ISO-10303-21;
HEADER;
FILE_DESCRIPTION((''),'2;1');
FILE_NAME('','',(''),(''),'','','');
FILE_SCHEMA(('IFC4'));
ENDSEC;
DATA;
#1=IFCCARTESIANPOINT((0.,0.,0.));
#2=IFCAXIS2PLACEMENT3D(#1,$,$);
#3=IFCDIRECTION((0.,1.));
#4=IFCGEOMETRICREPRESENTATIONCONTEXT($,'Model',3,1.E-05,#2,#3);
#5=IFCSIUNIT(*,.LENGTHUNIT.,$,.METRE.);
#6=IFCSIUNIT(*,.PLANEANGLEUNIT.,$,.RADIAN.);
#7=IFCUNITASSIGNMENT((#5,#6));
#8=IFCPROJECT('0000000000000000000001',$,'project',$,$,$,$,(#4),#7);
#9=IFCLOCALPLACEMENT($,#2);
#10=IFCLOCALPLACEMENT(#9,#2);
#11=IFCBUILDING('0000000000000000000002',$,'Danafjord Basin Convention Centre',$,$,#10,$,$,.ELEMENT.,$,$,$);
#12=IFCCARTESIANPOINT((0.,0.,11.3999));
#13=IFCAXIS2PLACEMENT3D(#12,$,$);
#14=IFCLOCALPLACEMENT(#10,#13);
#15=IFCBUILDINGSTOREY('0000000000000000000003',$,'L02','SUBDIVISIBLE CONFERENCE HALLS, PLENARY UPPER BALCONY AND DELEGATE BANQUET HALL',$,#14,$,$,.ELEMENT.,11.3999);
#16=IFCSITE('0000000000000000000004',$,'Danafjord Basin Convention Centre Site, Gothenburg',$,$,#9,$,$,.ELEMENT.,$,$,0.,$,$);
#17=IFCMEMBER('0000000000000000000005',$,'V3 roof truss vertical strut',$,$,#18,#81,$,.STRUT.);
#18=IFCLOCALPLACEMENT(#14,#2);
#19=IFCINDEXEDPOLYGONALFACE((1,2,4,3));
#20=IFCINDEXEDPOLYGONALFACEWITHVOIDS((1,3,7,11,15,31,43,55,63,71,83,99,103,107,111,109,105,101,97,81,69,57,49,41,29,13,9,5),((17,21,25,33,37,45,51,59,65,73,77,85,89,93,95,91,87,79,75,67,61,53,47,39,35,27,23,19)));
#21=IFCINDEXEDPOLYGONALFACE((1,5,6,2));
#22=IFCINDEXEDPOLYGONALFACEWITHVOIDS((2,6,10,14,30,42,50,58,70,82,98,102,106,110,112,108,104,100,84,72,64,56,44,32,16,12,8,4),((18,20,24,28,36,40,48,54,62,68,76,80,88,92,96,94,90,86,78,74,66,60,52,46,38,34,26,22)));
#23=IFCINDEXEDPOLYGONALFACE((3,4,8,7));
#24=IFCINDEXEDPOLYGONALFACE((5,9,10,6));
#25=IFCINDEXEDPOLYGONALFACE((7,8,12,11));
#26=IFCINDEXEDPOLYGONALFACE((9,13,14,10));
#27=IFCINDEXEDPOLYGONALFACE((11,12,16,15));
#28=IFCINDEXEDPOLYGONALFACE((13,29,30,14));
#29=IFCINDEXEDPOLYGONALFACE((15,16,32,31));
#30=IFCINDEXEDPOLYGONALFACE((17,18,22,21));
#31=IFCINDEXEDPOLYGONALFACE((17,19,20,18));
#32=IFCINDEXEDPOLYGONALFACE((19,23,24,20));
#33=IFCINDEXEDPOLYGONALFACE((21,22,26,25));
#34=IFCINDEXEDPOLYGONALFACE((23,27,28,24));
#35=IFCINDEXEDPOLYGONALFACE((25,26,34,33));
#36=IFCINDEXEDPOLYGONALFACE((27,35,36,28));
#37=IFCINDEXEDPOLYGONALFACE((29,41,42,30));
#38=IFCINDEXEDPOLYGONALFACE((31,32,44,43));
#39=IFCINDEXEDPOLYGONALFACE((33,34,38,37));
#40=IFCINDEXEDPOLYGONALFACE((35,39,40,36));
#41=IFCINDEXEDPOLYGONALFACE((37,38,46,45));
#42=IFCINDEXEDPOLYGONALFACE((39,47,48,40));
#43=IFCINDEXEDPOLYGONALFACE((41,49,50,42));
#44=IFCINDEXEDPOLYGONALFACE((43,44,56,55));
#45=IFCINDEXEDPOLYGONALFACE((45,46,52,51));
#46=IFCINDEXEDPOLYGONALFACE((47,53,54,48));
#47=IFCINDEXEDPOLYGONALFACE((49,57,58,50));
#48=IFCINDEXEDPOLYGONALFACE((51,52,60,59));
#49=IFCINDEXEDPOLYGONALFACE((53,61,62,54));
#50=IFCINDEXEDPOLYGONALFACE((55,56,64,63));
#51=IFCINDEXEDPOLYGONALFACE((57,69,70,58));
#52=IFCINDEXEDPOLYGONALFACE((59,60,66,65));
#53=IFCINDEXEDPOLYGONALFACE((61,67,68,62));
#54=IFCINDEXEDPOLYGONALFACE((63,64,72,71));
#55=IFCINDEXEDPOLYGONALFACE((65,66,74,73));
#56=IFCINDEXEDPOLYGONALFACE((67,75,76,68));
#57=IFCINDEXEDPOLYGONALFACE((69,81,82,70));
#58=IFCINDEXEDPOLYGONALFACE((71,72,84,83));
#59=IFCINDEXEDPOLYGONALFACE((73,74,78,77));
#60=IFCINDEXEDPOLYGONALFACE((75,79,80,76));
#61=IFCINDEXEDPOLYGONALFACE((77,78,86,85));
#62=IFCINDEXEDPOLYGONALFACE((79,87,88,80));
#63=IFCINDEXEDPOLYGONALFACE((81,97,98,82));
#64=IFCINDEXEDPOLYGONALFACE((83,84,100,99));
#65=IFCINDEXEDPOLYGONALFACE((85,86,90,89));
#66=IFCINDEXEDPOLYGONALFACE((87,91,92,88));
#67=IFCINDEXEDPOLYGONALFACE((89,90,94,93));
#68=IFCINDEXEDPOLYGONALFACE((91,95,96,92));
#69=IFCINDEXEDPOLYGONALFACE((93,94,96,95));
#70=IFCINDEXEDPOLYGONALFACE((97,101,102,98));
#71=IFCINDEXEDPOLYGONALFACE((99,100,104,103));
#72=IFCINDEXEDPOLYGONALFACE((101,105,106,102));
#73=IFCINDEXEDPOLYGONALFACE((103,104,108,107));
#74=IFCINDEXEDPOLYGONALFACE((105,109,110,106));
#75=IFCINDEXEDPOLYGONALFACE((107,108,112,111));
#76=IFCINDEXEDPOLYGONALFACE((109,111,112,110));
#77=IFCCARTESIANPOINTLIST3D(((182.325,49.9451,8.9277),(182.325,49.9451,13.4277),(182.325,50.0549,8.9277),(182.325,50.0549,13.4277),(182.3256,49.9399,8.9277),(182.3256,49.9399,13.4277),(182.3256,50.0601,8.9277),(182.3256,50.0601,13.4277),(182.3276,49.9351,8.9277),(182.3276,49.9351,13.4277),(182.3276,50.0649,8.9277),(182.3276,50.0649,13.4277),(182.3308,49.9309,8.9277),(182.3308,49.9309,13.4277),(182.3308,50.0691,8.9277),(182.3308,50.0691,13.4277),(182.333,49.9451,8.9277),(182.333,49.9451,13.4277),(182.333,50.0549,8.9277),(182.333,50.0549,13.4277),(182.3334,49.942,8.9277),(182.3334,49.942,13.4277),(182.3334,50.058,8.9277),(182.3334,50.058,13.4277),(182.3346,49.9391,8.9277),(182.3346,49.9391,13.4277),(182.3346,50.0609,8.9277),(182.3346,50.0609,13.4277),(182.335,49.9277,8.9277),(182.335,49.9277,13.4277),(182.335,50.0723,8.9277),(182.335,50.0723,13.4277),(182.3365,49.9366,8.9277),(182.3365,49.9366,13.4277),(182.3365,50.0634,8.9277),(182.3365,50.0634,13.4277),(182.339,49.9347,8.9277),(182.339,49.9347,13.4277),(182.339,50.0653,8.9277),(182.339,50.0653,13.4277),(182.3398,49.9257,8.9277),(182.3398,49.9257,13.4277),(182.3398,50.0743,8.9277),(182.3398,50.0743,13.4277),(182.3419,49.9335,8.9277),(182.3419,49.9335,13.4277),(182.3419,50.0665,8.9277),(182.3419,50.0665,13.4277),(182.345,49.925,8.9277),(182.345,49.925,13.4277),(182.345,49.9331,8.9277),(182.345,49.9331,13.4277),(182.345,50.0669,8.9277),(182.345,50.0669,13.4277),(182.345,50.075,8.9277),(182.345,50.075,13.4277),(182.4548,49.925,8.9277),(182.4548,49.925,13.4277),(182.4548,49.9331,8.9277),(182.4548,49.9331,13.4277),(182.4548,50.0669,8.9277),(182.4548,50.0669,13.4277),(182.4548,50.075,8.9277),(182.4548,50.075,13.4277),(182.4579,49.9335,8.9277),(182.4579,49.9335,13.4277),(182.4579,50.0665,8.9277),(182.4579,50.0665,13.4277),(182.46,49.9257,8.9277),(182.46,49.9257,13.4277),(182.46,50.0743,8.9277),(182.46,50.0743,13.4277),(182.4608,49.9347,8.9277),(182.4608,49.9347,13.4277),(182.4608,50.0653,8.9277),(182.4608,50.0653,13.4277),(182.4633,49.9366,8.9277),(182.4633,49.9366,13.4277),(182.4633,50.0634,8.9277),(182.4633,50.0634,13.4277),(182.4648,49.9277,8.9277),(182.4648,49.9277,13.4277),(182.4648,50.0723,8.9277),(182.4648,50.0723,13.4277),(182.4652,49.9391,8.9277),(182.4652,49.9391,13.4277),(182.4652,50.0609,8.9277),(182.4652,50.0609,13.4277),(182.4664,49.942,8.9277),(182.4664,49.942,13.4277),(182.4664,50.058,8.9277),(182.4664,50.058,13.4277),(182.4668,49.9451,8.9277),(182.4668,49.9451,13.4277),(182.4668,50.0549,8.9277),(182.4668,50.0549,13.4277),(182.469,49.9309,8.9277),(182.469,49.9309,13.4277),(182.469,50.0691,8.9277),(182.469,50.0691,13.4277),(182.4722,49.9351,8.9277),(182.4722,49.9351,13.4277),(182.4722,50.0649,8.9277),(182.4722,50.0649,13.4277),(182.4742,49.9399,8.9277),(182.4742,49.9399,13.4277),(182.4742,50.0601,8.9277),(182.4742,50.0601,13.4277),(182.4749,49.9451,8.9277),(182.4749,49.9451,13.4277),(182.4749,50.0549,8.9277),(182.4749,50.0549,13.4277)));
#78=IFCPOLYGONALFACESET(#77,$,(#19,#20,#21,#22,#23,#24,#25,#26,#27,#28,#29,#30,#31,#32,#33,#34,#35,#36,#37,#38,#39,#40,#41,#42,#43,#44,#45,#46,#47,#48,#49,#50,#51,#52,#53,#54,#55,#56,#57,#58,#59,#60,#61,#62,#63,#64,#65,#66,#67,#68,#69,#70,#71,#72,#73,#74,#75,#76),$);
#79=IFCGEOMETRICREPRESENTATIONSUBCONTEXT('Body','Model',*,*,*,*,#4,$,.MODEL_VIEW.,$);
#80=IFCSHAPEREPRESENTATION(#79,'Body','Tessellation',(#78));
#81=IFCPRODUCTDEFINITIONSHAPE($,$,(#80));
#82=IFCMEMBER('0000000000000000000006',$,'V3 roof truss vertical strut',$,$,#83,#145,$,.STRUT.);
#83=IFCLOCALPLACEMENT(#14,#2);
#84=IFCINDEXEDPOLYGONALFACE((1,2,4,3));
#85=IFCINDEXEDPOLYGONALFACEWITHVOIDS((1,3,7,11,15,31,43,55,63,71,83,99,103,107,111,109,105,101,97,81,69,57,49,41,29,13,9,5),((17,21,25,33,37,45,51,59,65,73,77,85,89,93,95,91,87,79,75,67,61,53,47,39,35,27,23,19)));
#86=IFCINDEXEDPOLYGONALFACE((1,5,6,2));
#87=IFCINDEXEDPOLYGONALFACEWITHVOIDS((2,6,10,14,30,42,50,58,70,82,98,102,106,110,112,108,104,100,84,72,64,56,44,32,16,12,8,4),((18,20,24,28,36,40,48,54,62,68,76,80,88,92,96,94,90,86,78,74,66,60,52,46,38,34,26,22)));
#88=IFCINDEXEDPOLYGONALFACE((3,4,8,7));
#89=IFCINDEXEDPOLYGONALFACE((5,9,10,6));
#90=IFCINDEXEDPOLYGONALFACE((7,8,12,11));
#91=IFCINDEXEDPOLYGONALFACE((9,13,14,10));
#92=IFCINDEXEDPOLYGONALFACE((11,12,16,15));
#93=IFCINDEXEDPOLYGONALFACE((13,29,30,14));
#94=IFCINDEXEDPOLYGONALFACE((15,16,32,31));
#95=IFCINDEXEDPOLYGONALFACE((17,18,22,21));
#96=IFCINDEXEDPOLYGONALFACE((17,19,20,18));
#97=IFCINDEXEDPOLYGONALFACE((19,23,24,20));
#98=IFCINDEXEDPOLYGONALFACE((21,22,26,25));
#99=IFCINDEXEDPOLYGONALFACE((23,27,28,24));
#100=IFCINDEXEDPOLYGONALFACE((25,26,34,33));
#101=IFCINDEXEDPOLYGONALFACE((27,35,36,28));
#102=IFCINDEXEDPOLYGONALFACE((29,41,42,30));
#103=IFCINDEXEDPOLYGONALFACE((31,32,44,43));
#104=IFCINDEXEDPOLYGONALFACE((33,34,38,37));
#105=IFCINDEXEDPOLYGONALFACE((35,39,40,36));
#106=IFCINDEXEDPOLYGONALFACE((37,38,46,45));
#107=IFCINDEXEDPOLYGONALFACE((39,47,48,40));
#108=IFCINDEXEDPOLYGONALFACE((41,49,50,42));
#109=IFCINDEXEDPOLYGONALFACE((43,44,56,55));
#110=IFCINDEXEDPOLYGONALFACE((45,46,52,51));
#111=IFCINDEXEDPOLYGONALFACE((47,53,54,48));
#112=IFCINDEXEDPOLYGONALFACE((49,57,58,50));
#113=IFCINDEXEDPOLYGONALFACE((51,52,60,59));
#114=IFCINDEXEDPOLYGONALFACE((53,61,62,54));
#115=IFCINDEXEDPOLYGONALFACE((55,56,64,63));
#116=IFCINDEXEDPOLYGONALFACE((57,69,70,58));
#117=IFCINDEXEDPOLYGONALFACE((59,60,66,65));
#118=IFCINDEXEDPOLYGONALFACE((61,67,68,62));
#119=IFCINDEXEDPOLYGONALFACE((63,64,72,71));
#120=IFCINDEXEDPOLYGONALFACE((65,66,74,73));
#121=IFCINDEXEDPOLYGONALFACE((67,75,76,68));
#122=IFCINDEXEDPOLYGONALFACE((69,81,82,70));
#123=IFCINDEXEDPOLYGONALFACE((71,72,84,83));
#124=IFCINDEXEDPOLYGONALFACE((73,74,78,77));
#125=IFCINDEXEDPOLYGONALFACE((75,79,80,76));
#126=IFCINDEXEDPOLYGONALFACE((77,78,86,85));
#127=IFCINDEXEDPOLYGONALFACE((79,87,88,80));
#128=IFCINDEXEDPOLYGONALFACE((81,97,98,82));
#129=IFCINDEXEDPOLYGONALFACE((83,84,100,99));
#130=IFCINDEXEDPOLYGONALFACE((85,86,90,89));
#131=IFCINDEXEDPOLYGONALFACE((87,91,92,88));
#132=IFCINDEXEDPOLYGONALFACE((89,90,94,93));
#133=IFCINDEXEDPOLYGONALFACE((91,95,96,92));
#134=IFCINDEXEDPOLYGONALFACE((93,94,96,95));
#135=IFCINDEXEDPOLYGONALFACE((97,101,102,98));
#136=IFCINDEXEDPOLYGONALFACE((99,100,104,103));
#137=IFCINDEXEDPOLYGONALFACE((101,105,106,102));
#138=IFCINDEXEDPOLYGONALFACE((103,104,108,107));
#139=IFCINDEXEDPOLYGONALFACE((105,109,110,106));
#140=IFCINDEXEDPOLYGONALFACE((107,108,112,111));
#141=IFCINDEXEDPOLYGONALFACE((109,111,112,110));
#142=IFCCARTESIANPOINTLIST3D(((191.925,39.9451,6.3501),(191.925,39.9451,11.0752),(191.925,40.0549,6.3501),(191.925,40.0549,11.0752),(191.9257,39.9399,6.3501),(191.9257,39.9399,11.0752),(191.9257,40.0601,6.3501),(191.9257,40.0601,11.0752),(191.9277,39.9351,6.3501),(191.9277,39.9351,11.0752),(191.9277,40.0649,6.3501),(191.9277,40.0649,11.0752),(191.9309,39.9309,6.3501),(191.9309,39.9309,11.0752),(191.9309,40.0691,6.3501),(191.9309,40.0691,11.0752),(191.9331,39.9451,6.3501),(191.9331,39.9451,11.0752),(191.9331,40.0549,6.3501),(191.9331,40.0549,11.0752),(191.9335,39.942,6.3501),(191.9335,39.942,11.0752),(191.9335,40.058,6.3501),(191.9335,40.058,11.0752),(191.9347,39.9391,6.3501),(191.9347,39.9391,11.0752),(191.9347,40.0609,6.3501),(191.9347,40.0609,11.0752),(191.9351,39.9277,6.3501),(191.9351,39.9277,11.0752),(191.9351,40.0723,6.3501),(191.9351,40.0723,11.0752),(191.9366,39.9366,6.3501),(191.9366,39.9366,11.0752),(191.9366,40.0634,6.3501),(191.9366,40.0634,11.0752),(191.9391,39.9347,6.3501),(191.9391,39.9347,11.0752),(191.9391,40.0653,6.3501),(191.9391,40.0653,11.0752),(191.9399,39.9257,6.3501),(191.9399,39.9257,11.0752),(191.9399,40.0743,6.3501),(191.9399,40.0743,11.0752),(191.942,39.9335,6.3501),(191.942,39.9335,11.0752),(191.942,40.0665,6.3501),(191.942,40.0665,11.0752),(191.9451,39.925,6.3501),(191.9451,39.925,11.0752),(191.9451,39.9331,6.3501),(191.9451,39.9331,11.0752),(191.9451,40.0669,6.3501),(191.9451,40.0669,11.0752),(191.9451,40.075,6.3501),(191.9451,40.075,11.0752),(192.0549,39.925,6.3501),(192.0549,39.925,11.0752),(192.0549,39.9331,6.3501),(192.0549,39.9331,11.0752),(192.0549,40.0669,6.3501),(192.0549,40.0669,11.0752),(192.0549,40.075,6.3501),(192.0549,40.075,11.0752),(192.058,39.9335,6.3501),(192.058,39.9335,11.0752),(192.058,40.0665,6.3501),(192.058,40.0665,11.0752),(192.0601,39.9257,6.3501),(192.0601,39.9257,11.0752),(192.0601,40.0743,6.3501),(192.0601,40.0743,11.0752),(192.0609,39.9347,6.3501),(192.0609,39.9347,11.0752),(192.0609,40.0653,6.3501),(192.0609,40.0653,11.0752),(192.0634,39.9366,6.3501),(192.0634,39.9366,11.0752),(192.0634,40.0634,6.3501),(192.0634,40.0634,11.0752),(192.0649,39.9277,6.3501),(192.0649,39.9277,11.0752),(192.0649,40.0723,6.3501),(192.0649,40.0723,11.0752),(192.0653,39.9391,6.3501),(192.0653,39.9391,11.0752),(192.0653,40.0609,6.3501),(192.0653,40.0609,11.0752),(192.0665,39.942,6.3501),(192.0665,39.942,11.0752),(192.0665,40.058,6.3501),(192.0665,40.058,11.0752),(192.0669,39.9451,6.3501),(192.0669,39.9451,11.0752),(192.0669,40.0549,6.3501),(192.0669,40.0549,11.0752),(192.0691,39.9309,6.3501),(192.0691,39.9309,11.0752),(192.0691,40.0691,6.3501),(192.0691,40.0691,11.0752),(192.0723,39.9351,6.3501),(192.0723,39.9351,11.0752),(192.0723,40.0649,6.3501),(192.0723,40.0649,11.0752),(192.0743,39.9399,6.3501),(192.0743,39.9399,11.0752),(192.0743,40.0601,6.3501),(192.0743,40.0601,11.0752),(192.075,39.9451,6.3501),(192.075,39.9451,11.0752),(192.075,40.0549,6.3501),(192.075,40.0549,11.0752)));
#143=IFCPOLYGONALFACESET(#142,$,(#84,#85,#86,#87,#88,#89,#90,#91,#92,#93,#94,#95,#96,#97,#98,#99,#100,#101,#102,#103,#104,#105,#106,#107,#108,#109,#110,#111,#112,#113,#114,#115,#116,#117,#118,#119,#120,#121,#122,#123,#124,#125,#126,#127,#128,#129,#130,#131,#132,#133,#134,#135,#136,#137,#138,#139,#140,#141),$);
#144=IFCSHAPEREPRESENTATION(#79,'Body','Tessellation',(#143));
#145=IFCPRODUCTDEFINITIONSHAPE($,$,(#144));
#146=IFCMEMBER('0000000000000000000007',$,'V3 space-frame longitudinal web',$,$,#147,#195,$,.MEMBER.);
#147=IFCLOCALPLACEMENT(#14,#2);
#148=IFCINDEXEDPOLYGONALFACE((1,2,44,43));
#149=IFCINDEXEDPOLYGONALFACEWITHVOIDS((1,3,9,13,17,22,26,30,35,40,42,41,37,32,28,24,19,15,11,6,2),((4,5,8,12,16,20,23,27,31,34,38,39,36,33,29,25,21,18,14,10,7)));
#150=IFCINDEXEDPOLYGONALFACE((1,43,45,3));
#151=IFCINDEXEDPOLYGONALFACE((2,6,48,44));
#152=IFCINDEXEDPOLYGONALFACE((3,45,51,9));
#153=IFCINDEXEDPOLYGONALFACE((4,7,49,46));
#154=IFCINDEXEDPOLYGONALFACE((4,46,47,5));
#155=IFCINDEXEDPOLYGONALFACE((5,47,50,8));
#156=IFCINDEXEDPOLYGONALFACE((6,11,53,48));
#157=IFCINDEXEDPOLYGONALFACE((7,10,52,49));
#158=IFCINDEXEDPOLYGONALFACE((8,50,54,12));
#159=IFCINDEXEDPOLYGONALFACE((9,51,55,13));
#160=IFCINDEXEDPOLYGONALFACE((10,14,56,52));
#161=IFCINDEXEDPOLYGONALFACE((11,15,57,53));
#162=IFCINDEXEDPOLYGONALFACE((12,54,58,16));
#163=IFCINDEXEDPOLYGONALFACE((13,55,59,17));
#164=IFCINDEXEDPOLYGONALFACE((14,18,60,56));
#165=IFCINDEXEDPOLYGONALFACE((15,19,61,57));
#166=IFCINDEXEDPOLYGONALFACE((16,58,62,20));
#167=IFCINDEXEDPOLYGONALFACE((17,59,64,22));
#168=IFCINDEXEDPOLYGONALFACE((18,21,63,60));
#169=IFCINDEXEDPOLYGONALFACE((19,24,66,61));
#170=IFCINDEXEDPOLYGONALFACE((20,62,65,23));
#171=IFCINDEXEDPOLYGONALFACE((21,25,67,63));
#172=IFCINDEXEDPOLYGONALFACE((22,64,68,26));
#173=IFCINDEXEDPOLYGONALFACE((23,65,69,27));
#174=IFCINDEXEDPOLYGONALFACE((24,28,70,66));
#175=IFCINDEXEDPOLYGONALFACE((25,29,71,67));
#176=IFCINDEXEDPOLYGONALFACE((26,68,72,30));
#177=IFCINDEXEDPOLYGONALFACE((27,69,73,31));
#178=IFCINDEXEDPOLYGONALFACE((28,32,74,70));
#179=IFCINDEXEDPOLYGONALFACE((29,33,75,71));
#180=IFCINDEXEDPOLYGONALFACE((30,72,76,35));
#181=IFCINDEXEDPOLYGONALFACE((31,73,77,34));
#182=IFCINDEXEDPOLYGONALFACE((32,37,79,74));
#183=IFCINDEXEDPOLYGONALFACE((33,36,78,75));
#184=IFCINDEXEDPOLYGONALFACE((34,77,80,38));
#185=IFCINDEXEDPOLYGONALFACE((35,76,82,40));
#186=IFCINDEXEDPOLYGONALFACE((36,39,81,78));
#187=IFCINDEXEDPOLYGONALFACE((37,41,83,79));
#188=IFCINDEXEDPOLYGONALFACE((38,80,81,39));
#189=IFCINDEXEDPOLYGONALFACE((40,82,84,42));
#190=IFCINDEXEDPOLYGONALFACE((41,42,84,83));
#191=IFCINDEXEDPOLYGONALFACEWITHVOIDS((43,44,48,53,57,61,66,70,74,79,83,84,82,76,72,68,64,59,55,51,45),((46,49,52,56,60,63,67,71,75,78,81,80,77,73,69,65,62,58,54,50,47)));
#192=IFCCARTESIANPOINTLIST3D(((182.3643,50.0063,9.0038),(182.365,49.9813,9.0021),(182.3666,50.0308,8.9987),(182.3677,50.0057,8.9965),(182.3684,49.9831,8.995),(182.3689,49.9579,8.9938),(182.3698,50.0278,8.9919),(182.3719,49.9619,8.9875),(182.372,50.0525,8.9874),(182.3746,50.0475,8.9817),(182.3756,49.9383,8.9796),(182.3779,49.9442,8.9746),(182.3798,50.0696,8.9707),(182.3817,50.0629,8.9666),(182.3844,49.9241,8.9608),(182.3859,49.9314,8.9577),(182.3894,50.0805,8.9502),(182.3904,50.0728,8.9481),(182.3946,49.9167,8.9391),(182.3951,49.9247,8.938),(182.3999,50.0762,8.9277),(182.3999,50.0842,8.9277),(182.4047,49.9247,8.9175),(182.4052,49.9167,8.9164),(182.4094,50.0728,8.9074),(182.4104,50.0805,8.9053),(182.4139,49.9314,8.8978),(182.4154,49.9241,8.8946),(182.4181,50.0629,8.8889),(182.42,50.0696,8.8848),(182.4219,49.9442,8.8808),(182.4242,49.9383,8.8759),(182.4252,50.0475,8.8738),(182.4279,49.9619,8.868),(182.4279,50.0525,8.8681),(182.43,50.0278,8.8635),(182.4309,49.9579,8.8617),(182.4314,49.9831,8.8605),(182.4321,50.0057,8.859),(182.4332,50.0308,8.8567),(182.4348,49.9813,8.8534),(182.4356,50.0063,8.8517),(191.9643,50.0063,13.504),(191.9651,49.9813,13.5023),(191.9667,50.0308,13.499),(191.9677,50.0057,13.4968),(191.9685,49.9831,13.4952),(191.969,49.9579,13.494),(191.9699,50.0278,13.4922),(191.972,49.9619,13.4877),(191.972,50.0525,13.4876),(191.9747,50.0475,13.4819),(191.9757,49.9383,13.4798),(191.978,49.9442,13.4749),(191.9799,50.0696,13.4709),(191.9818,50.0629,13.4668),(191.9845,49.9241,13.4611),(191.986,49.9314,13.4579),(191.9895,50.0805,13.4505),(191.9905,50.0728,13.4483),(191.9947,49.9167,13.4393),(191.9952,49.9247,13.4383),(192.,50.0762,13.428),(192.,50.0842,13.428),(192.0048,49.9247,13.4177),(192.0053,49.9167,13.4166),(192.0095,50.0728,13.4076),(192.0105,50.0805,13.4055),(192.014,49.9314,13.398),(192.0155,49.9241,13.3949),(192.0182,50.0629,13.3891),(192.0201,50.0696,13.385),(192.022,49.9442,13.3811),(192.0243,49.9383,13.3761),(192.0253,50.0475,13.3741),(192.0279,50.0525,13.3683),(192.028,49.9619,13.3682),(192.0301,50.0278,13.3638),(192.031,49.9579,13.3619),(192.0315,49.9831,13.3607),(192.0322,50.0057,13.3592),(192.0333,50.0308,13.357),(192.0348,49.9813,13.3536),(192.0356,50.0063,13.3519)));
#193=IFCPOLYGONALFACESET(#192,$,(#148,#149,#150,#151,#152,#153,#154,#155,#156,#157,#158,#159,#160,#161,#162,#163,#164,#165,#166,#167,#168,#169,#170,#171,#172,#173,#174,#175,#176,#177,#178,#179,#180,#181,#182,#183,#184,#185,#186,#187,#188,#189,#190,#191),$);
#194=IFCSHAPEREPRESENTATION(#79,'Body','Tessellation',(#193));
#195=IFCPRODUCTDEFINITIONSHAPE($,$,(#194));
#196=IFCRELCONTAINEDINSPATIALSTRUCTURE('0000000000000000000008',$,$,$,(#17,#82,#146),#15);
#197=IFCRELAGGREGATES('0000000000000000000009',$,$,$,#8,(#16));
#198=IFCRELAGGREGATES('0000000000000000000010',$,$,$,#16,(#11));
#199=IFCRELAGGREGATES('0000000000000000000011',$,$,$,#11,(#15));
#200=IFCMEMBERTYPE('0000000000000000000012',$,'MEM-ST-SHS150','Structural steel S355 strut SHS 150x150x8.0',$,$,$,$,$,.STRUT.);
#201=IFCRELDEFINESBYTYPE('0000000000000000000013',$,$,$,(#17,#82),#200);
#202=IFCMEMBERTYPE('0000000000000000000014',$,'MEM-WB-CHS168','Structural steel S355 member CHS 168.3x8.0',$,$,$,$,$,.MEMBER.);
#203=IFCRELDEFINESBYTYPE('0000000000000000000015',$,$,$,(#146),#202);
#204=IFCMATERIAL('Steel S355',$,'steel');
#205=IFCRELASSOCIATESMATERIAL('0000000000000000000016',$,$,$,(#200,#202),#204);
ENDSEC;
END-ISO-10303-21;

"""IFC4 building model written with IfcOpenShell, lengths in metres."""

from ifc_helpers import new_model, si_unit, direction, frame, origin, origin_2d, place, context, subcontext, project, spatial, hollow_rectangle, hollow_circle, extrude, material, material_profile, profile_set, type_object, element, save


model = new_model("IFC4")

# Units and contexts
model_context = context("Model", 3, precision=1e-05, world=origin(), true_north=direction((0.0, 1.0)))
body_context = subcontext(model_context, "Body", "Model", "MODEL_VIEW")
ifc_project = project(units=[si_unit("LENGTHUNIT", "METRE"), si_unit("PLANEANGLEUNIT", "RADIAN")], contexts=[model_context])

# Site, building, storey
site_placement = place(None, origin())
site = spatial("IfcSite", under=ifc_project, at=site_placement, Name="Danafjord Basin Convention Centre Site, Gothenburg", CompositionType="ELEMENT", RefElevation=0.0)
building_placement = place(site_placement, origin())
building = spatial("IfcBuilding", under=site, at=building_placement, Name="Danafjord Basin Convention Centre", CompositionType="ELEMENT")
storey_placement = place(building_placement, frame((0.0, 0.0, 11.3999)))
storey = spatial("IfcBuildingStorey", under=building, at=storey_placement, Name="L02", Description="SUBDIVISIBLE CONFERENCE HALLS, PLENARY UPPER BALCONY AND DELEGATE BANQUET HALL", CompositionType="ELEMENT", Elevation=11.3999)

# Shared definitions
ifc_material = material(Name="Steel S355", Category="steel")

# Members
ifc_material_profile_1 = material_profile(ifc_material, hollow_rectangle(XDim=0.1499, YDim=0.1499, WallThickness=0.0081, InnerFilletRadius=0.012, OuterFilletRadius=0.02, at=origin_2d()), Name="SHS 150x150x8.0")
ifc_profile_set_1 = profile_set([ifc_material_profile_1], Name="Steel S355")
member_type_1 = type_object("IfcMemberType", Name="MEM-ST-SHS150", Description="Structural steel S355 strut SHS 150x150x8.0", PredefinedType="STRUT", material=ifc_profile_set_1)
member_1_placement = place(storey_placement, frame((182.3999, 50.0, 8.9277), z_axis=(0.0, 0.0, 1.0), x_axis=(1.0, 0.0, 0.0)))
element("IfcMember", 1, at=member_1_placement, inside=storey, type_object=member_type_1, Name="V3 roof truss vertical strut", PredefinedType="STRUT", context=body_context, shape_type="SweptSolid", body=[
    extrude(hollow_rectangle(XDim=0.1499, YDim=0.1499, WallThickness=0.0081, InnerFilletRadius=0.012, OuterFilletRadius=0.02, at=origin_2d()), origin(), (0.0, 0.0, 1.0), 4.5),
])
member_2_placement = place(storey_placement, frame((192.0, 40.0, 6.3501), z_axis=(0.0, 0.0, 1.0), x_axis=(1.0, 0.0, 0.0)))
element("IfcMember", 2, at=member_2_placement, inside=storey, type_object=member_type_1, Name="V3 roof truss vertical strut", PredefinedType="STRUT", context=body_context, shape_type="SweptSolid", body=[
    extrude(hollow_rectangle(XDim=0.1499, YDim=0.1499, WallThickness=0.0081, InnerFilletRadius=0.012, OuterFilletRadius=0.02, at=origin_2d()), origin(), (0.0, 0.0, 1.0), 4.7251),
])
ifc_material_profile_2 = material_profile(ifc_material, hollow_circle(Radius=0.0842, WallThickness=0.0081, at=origin_2d()), Name="CHS 168.3x8.0")
ifc_profile_set_2 = profile_set([ifc_material_profile_2], Name="Steel S355")
member_type_2 = type_object("IfcMemberType", Name="MEM-WB-CHS168", Description="Structural steel S355 member CHS 168.3x8.0", PredefinedType="MEMBER", material=ifc_profile_set_2)
member_3_placement = place(storey_placement, frame((182.3999, 50.0, 8.9277), z_axis=(0.905452, 0.0, 0.424449), x_axis=(0.0, 1.0, 0.0)))
element("IfcMember", 3, at=member_3_placement, inside=storey, type_object=member_type_2, Name="V3 space-frame longitudinal web", PredefinedType="MEMBER", context=body_context, shape_type="SweptSolid", body=[
    extrude(hollow_circle(Radius=0.0842, WallThickness=0.0081, at=origin_2d()), origin(), (0.0, 0.0, 1.0), 10.6025),
])

save(model, "model.ifc")
